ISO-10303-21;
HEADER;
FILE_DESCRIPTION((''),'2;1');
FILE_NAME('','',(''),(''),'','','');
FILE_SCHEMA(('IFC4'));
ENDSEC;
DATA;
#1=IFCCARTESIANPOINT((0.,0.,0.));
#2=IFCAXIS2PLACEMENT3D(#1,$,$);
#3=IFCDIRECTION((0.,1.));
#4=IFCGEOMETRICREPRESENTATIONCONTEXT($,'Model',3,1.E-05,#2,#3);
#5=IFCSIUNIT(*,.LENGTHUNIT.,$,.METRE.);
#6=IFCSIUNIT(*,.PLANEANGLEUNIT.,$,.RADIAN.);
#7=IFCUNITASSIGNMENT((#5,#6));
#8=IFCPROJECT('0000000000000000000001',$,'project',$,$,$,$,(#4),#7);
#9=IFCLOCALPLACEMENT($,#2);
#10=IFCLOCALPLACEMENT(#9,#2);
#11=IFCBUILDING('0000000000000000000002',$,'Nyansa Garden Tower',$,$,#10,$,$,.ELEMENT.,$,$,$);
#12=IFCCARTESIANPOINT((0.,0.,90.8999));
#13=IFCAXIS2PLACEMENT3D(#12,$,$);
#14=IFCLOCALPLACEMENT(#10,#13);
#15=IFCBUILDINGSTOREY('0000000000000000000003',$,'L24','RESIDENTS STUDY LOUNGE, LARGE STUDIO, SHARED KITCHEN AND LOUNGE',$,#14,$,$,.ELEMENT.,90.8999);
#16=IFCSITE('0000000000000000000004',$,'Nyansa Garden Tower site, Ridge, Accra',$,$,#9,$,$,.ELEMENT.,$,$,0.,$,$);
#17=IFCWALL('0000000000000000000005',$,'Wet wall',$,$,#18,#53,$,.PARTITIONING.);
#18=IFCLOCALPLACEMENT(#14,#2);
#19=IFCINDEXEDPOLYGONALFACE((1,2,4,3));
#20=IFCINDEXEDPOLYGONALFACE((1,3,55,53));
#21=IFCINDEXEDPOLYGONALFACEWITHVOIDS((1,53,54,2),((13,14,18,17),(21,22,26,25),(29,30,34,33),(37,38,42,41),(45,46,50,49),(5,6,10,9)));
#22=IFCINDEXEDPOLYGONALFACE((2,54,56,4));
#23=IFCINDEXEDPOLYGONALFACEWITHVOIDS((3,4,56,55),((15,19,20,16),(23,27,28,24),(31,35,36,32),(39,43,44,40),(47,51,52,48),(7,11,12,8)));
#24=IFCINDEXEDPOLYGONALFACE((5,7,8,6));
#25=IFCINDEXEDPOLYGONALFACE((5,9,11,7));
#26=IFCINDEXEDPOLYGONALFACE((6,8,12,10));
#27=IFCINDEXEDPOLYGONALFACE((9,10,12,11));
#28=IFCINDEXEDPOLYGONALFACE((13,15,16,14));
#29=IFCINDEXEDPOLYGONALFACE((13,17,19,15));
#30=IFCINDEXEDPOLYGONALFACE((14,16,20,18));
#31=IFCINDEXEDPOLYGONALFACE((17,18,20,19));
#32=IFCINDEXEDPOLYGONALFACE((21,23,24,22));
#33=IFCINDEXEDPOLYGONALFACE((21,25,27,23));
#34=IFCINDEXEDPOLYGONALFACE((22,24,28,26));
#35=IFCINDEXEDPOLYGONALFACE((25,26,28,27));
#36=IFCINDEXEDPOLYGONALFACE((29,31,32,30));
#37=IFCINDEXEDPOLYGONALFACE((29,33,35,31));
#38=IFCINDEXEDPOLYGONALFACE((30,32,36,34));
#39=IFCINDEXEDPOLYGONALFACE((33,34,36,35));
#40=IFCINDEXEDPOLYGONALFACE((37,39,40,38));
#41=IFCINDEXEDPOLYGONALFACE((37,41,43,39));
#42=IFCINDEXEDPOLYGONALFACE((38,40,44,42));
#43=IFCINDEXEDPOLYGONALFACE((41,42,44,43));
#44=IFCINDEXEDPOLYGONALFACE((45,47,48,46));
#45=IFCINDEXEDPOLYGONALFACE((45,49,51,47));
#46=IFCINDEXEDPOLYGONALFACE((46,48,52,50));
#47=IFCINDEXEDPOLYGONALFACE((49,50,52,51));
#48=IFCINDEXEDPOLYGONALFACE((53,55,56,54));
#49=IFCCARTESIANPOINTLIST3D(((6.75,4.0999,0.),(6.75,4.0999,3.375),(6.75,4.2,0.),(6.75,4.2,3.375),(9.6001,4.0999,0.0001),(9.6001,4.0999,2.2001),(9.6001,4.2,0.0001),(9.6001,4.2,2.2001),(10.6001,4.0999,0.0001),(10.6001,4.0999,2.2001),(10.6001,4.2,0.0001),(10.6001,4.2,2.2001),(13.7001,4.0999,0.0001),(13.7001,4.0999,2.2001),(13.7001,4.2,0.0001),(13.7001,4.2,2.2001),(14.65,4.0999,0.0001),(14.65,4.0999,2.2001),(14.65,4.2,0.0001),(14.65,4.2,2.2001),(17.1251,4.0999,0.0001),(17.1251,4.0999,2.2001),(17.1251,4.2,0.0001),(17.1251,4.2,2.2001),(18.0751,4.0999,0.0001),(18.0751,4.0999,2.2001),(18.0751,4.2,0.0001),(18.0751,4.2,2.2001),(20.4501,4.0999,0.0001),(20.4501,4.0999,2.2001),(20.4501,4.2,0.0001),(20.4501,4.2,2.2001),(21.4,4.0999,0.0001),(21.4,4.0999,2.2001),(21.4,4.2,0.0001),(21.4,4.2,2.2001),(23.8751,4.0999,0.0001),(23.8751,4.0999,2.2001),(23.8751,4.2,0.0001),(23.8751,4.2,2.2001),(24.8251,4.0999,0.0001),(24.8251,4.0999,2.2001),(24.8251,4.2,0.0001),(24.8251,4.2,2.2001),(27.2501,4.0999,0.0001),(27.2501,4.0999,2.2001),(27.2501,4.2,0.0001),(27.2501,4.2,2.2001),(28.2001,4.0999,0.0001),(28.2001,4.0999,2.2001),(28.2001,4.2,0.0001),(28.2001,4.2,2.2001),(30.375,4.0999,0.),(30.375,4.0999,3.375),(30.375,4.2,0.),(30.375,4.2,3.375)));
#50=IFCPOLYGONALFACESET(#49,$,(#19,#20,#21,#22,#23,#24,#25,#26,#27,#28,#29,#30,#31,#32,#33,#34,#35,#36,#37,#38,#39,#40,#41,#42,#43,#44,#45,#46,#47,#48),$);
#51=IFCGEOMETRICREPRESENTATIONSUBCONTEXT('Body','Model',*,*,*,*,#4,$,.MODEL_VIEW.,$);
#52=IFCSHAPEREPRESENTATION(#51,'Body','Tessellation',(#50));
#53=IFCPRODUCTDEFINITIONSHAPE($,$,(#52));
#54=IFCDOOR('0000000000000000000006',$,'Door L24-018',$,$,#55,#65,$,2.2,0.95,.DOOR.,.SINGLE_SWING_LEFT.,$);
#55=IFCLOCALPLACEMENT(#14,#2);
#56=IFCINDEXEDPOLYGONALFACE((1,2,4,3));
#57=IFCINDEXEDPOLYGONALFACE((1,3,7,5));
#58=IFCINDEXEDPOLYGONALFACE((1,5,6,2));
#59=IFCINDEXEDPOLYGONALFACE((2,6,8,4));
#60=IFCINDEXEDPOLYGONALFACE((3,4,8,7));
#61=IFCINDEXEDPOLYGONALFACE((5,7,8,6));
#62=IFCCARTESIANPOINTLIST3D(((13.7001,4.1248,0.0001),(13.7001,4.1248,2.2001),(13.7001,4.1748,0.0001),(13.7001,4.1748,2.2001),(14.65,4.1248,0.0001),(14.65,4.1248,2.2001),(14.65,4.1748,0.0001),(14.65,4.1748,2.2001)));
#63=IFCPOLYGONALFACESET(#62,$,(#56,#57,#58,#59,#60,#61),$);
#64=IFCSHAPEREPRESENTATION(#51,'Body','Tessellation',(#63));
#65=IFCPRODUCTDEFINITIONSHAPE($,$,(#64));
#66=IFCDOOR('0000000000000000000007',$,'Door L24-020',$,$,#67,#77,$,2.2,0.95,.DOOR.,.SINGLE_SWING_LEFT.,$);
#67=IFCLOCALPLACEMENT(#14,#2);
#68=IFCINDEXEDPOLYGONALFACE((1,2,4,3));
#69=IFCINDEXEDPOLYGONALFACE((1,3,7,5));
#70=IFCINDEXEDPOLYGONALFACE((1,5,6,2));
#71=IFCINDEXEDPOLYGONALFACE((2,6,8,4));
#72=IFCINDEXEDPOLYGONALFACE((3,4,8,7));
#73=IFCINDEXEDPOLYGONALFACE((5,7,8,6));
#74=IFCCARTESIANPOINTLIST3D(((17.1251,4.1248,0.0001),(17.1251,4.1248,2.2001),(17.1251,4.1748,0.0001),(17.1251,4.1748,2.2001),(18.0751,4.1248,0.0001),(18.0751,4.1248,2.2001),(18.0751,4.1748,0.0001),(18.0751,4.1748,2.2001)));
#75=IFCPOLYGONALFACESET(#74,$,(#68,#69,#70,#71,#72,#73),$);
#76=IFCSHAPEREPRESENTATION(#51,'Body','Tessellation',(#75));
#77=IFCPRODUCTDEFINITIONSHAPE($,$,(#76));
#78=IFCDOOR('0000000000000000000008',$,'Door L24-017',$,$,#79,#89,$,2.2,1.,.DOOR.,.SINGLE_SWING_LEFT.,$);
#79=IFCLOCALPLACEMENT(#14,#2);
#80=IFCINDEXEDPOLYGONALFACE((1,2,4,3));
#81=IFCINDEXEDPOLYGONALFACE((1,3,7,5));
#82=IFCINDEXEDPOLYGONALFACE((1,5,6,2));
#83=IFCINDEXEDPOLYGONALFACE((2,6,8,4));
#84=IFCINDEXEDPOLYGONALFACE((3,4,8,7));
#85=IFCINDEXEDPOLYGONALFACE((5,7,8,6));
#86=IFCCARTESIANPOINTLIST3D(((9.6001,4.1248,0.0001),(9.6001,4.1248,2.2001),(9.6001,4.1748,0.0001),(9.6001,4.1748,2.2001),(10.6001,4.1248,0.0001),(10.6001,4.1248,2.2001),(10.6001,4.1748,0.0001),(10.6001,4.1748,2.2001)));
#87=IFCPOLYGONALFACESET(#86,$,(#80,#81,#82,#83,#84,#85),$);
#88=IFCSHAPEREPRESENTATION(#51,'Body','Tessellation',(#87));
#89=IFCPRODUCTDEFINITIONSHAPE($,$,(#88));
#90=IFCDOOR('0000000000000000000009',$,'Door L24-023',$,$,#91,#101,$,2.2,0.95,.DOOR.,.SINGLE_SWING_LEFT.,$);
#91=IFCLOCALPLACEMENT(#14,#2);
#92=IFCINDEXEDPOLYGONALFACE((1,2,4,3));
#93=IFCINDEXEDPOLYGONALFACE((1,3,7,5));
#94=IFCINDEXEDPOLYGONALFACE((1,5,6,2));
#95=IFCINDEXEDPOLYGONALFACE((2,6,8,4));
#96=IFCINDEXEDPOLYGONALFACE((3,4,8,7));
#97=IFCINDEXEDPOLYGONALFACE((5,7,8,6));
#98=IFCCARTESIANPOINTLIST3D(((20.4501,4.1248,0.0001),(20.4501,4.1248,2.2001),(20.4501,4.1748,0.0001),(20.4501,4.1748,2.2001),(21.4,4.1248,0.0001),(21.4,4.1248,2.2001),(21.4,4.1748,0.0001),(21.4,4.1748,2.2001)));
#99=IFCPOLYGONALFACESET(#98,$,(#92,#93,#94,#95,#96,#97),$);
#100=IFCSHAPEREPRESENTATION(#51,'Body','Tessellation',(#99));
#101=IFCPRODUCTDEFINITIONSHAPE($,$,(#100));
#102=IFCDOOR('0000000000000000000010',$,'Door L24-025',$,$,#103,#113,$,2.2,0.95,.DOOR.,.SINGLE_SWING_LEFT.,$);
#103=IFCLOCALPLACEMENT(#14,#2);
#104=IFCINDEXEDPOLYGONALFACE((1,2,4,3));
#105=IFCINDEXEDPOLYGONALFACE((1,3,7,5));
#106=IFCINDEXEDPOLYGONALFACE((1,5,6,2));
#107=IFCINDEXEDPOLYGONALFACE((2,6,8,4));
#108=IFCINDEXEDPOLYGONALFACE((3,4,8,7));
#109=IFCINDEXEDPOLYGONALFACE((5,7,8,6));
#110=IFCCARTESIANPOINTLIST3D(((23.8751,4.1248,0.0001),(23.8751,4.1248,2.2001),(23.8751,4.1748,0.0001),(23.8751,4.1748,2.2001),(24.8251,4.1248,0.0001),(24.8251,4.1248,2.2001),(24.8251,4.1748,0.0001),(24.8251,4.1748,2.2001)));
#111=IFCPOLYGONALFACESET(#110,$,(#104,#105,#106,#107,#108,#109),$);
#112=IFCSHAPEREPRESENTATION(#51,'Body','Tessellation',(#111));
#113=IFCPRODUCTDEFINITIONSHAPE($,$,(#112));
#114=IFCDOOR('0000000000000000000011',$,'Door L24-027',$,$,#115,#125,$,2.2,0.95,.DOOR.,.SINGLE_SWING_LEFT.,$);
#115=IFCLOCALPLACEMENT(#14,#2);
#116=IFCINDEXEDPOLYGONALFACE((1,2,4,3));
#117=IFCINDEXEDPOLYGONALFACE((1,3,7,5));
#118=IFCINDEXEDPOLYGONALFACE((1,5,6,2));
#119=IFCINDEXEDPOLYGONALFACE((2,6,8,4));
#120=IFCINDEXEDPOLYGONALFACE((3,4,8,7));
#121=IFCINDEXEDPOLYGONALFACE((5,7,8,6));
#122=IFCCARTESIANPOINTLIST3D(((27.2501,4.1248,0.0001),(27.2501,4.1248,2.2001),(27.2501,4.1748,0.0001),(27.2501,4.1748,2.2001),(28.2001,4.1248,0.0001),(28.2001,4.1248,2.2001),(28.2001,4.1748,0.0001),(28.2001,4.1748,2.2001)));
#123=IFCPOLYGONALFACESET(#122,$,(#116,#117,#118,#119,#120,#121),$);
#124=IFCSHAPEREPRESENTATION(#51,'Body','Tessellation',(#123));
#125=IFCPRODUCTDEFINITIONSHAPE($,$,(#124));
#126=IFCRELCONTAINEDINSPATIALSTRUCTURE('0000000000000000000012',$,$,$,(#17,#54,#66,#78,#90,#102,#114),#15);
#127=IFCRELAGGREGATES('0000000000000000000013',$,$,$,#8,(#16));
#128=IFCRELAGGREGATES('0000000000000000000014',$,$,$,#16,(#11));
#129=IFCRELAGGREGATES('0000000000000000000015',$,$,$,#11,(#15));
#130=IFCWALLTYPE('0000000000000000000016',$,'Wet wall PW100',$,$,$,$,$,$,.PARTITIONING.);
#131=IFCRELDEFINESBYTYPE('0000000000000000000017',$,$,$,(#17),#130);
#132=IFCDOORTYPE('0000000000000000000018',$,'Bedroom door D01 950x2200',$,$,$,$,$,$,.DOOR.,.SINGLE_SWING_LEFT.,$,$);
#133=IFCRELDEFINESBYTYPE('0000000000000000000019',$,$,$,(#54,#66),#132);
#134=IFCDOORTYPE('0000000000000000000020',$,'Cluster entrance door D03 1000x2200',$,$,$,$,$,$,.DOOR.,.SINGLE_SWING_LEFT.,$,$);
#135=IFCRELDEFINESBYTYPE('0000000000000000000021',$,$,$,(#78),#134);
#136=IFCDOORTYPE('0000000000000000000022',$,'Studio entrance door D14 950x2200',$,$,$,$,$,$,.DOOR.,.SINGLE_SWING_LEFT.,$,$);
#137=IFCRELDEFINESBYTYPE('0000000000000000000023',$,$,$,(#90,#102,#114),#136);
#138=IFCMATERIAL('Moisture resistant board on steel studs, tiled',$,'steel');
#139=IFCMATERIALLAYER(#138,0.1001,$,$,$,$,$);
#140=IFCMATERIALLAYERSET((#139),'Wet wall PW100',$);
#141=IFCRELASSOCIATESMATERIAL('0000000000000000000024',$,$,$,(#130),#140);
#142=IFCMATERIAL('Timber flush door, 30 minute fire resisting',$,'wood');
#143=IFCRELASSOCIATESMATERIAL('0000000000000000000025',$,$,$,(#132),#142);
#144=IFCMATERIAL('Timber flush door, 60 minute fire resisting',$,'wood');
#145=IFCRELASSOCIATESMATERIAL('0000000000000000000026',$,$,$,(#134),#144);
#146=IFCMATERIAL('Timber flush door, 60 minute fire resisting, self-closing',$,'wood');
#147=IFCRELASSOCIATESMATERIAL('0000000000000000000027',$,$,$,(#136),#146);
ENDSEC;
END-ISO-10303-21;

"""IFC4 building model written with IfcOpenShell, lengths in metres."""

from ifc_helpers import new_model, si_unit, direction, frame, frame_2d, origin, place, context, subcontext, project, spatial, rectangle, extrude, material, layer, layer_set, type_object, element, fill, save


model = new_model("IFC4")

# Units and contexts
model_context = context("Model", 3, precision=1e-05, world=origin(), true_north=direction((0.0, 1.0)))
body_context = subcontext(model_context, "Body", "Model", "MODEL_VIEW")
ifc_project = project(units=[si_unit("LENGTHUNIT", "METRE"), si_unit("PLANEANGLEUNIT", "RADIAN")], contexts=[model_context])

# Site, building, storey
site_placement = place(None, origin())
site = spatial("IfcSite", under=ifc_project, at=site_placement, Name="Nyansa Garden Tower site, Ridge, Accra", CompositionType="ELEMENT", RefElevation=0.0)
building_placement = place(site_placement, origin())
building = spatial("IfcBuilding", under=site, at=building_placement, Name="Nyansa Garden Tower", CompositionType="ELEMENT")
storey_placement = place(building_placement, frame((0.0, 0.0, 90.8999)))
storey = spatial("IfcBuildingStorey", under=building, at=storey_placement, Name="L24", Description="RESIDENTS STUDY LOUNGE, LARGE STUDIO, SHARED KITCHEN AND LOUNGE", CompositionType="ELEMENT", Elevation=90.8999)

# Wall, openings, doors
ifc_material_1 = material(Name="Moisture resistant board on steel studs, tiled", Category="steel")
ifc_layer_1 = layer(ifc_material_1, 0.1001)
ifc_layer_set_1 = layer_set([ifc_layer_1], Name="Wet wall PW100")
wall_type_1 = type_object("IfcWallType", Name="Wet wall PW100", PredefinedType="PARTITIONING", material=ifc_layer_set_1)
wall_1_placement = place(storey_placement, frame((6.75, 4.1499, 0.0), z_axis=(0.0, 0.0, 1.0), x_axis=(1.0, 0.0, 0.0)))
wall_1 = element("IfcWall", 1, at=wall_1_placement, inside=storey, type_object=wall_type_1, Name="Wet wall", PredefinedType="PARTITIONING", context=body_context, shape_type="SweptSolid", body=[
    extrude(rectangle(XDim=23.625, YDim=0.1001, at=frame_2d((11.8125, 0.0))), origin(), (0.0, 0.0, 1.0), 3.375),
])
opening_1_placement = place(wall_1_placement, frame((2.8501, 0.0, 0.0)))
opening_1 = element("IfcOpeningElement", 2, at=opening_1_placement, cuts=wall_1, PredefinedType="OPENING", context=body_context, shape_type="SweptSolid", body=[
    extrude(rectangle(XDim=1.0, YDim=2.2, at=frame_2d((0.5, 1.1001))), frame((0.0, 0.0601, 0.0), z_axis=(0.0, -1.0, 0.0), x_axis=(1.0, 0.0, 0.0)), (0.0, 0.0, 1.0), 0.1201),
])
opening_2_placement = place(wall_1_placement, frame((6.95, 0.0, 0.0)))
opening_2 = element("IfcOpeningElement", 3, at=opening_2_placement, cuts=wall_1, PredefinedType="OPENING", context=body_context, shape_type="SweptSolid", body=[
    extrude(rectangle(XDim=0.95, YDim=2.2, at=frame_2d((0.4751, 1.1001))), frame((0.0, 0.0601, 0.0), z_axis=(0.0, -1.0, 0.0), x_axis=(1.0, 0.0, 0.0)), (0.0, 0.0, 1.0), 0.1201),
])
opening_3_placement = place(wall_1_placement, frame((10.375, 0.0, 0.0)))
opening_3 = element("IfcOpeningElement", 4, at=opening_3_placement, cuts=wall_1, PredefinedType="OPENING", context=body_context, shape_type="SweptSolid", body=[
    extrude(rectangle(XDim=0.95, YDim=2.2, at=frame_2d((0.4751, 1.1001))), frame((0.0, 0.0601, 0.0), z_axis=(0.0, -1.0, 0.0), x_axis=(1.0, 0.0, 0.0)), (0.0, 0.0, 1.0), 0.1201),
])
opening_4_placement = place(wall_1_placement, frame((13.7, 0.0, 0.0)))
opening_4 = element("IfcOpeningElement", 5, at=opening_4_placement, cuts=wall_1, PredefinedType="OPENING", context=body_context, shape_type="SweptSolid", body=[
    extrude(rectangle(XDim=0.95, YDim=2.2, at=frame_2d((0.4751, 1.1001))), frame((0.0, 0.0601, 0.0), z_axis=(0.0, -1.0, 0.0), x_axis=(1.0, 0.0, 0.0)), (0.0, 0.0, 1.0), 0.1201),
])
opening_5_placement = place(wall_1_placement, frame((17.125, 0.0, 0.0)))
opening_5 = element("IfcOpeningElement", 6, at=opening_5_placement, cuts=wall_1, PredefinedType="OPENING", context=body_context, shape_type="SweptSolid", body=[
    extrude(rectangle(XDim=0.95, YDim=2.2, at=frame_2d((0.4751, 1.1001))), frame((0.0, 0.0601, 0.0), z_axis=(0.0, -1.0, 0.0), x_axis=(1.0, 0.0, 0.0)), (0.0, 0.0, 1.0), 0.1201),
])
opening_6_placement = place(wall_1_placement, frame((20.5, 0.0, 0.0)))
opening_6 = element("IfcOpeningElement", 7, at=opening_6_placement, cuts=wall_1, PredefinedType="OPENING", context=body_context, shape_type="SweptSolid", body=[
    extrude(rectangle(XDim=0.95, YDim=2.2, at=frame_2d((0.4751, 1.1001))), frame((0.0, 0.0601, 0.0), z_axis=(0.0, -1.0, 0.0), x_axis=(1.0, 0.0, 0.0)), (0.0, 0.0, 1.0), 0.1201),
])
ifc_material_2 = material(Name="Timber flush door, 30 minute fire resisting", Category="wood")
door_type_1 = type_object("IfcDoorType", Name="Bedroom door D01 950x2200", OperationType="SINGLE_SWING_LEFT", PredefinedType="DOOR", material=ifc_material_2)
door_1_placement = place(opening_2_placement, origin())
door_1 = element("IfcDoor", 8, at=door_1_placement, inside=storey, type_object=door_type_1, Name="Door L24-018", OperationType="SINGLE_SWING_LEFT", OverallHeight=2.2, OverallWidth=0.95, PredefinedType="DOOR", context=body_context, shape_type="SweptSolid", body=[
    extrude(rectangle(XDim=0.95, YDim=2.2, at=frame_2d((0.4751, 1.1001))), frame((0.0, 0.0249, 0.0), z_axis=(0.0, -1.0, 0.0), x_axis=(1.0, 0.0, 0.0)), (0.0, 0.0, 1.0), 0.05),
])
fill(opening_2, door_1)
door_2_placement = place(opening_3_placement, origin())
door_2 = element("IfcDoor", 9, at=door_2_placement, inside=storey, type_object=door_type_1, Name="Door L24-020", OperationType="SINGLE_SWING_LEFT", OverallHeight=2.2, OverallWidth=0.95, PredefinedType="DOOR", context=body_context, shape_type="SweptSolid", body=[
    extrude(rectangle(XDim=0.95, YDim=2.2, at=frame_2d((0.4751, 1.1001))), frame((0.0, 0.0249, 0.0), z_axis=(0.0, -1.0, 0.0), x_axis=(1.0, 0.0, 0.0)), (0.0, 0.0, 1.0), 0.05),
])
fill(opening_3, door_2)
ifc_material_3 = material(Name="Timber flush door, 60 minute fire resisting", Category="wood")
door_type_2 = type_object("IfcDoorType", Name="Cluster entrance door D03 1000x2200", OperationType="SINGLE_SWING_LEFT", PredefinedType="DOOR", material=ifc_material_3)
door_3_placement = place(opening_1_placement, origin())
door_3 = element("IfcDoor", 10, at=door_3_placement, inside=storey, type_object=door_type_2, Name="Door L24-017", OperationType="SINGLE_SWING_LEFT", OverallHeight=2.2, OverallWidth=1.0, PredefinedType="DOOR", context=body_context, shape_type="SweptSolid", body=[
    extrude(rectangle(XDim=1.0, YDim=2.2, at=frame_2d((0.5, 1.1001))), frame((0.0, 0.0249, 0.0), z_axis=(0.0, -1.0, 0.0), x_axis=(1.0, 0.0, 0.0)), (0.0, 0.0, 1.0), 0.05),
])
fill(opening_1, door_3)
ifc_material_4 = material(Name="Timber flush door, 60 minute fire resisting, self-closing", Category="wood")
door_type_3 = type_object("IfcDoorType", Name="Studio entrance door D14 950x2200", OperationType="SINGLE_SWING_LEFT", PredefinedType="DOOR", material=ifc_material_4)
door_4_placement = place(opening_4_placement, origin())
door_4 = element("IfcDoor", 11, at=door_4_placement, inside=storey, type_object=door_type_3, Name="Door L24-023", OperationType="SINGLE_SWING_LEFT", OverallHeight=2.2, OverallWidth=0.95, PredefinedType="DOOR", context=body_context, shape_type="SweptSolid", body=[
    extrude(rectangle(XDim=0.95, YDim=2.2, at=frame_2d((0.4751, 1.1001))), frame((0.0, 0.0249, 0.0), z_axis=(0.0, -1.0, 0.0), x_axis=(1.0, 0.0, 0.0)), (0.0, 0.0, 1.0), 0.05),
])
fill(opening_4, door_4)
door_5_placement = place(opening_5_placement, origin())
door_5 = element("IfcDoor", 12, at=door_5_placement, inside=storey, type_object=door_type_3, Name="Door L24-025", OperationType="SINGLE_SWING_LEFT", OverallHeight=2.2, OverallWidth=0.95, PredefinedType="DOOR", context=body_context, shape_type="SweptSolid", body=[
    extrude(rectangle(XDim=0.95, YDim=2.2, at=frame_2d((0.4751, 1.1001))), frame((0.0, 0.0249, 0.0), z_axis=(0.0, -1.0, 0.0), x_axis=(1.0, 0.0, 0.0)), (0.0, 0.0, 1.0), 0.05),
])
fill(opening_5, door_5)
door_6_placement = place(opening_6_placement, origin())
door_6 = element("IfcDoor", 13, at=door_6_placement, inside=storey, type_object=door_type_3, Name="Door L24-027", OperationType="SINGLE_SWING_LEFT", OverallHeight=2.2, OverallWidth=0.95, PredefinedType="DOOR", context=body_context, shape_type="SweptSolid", body=[
    extrude(rectangle(XDim=0.95, YDim=2.2, at=frame_2d((0.4751, 1.1001))), frame((0.0, 0.0249, 0.0), z_axis=(0.0, -1.0, 0.0), x_axis=(1.0, 0.0, 0.0)), (0.0, 0.0, 1.0), 0.05),
])
fill(opening_6, door_6)

save(model, "model.ifc")
